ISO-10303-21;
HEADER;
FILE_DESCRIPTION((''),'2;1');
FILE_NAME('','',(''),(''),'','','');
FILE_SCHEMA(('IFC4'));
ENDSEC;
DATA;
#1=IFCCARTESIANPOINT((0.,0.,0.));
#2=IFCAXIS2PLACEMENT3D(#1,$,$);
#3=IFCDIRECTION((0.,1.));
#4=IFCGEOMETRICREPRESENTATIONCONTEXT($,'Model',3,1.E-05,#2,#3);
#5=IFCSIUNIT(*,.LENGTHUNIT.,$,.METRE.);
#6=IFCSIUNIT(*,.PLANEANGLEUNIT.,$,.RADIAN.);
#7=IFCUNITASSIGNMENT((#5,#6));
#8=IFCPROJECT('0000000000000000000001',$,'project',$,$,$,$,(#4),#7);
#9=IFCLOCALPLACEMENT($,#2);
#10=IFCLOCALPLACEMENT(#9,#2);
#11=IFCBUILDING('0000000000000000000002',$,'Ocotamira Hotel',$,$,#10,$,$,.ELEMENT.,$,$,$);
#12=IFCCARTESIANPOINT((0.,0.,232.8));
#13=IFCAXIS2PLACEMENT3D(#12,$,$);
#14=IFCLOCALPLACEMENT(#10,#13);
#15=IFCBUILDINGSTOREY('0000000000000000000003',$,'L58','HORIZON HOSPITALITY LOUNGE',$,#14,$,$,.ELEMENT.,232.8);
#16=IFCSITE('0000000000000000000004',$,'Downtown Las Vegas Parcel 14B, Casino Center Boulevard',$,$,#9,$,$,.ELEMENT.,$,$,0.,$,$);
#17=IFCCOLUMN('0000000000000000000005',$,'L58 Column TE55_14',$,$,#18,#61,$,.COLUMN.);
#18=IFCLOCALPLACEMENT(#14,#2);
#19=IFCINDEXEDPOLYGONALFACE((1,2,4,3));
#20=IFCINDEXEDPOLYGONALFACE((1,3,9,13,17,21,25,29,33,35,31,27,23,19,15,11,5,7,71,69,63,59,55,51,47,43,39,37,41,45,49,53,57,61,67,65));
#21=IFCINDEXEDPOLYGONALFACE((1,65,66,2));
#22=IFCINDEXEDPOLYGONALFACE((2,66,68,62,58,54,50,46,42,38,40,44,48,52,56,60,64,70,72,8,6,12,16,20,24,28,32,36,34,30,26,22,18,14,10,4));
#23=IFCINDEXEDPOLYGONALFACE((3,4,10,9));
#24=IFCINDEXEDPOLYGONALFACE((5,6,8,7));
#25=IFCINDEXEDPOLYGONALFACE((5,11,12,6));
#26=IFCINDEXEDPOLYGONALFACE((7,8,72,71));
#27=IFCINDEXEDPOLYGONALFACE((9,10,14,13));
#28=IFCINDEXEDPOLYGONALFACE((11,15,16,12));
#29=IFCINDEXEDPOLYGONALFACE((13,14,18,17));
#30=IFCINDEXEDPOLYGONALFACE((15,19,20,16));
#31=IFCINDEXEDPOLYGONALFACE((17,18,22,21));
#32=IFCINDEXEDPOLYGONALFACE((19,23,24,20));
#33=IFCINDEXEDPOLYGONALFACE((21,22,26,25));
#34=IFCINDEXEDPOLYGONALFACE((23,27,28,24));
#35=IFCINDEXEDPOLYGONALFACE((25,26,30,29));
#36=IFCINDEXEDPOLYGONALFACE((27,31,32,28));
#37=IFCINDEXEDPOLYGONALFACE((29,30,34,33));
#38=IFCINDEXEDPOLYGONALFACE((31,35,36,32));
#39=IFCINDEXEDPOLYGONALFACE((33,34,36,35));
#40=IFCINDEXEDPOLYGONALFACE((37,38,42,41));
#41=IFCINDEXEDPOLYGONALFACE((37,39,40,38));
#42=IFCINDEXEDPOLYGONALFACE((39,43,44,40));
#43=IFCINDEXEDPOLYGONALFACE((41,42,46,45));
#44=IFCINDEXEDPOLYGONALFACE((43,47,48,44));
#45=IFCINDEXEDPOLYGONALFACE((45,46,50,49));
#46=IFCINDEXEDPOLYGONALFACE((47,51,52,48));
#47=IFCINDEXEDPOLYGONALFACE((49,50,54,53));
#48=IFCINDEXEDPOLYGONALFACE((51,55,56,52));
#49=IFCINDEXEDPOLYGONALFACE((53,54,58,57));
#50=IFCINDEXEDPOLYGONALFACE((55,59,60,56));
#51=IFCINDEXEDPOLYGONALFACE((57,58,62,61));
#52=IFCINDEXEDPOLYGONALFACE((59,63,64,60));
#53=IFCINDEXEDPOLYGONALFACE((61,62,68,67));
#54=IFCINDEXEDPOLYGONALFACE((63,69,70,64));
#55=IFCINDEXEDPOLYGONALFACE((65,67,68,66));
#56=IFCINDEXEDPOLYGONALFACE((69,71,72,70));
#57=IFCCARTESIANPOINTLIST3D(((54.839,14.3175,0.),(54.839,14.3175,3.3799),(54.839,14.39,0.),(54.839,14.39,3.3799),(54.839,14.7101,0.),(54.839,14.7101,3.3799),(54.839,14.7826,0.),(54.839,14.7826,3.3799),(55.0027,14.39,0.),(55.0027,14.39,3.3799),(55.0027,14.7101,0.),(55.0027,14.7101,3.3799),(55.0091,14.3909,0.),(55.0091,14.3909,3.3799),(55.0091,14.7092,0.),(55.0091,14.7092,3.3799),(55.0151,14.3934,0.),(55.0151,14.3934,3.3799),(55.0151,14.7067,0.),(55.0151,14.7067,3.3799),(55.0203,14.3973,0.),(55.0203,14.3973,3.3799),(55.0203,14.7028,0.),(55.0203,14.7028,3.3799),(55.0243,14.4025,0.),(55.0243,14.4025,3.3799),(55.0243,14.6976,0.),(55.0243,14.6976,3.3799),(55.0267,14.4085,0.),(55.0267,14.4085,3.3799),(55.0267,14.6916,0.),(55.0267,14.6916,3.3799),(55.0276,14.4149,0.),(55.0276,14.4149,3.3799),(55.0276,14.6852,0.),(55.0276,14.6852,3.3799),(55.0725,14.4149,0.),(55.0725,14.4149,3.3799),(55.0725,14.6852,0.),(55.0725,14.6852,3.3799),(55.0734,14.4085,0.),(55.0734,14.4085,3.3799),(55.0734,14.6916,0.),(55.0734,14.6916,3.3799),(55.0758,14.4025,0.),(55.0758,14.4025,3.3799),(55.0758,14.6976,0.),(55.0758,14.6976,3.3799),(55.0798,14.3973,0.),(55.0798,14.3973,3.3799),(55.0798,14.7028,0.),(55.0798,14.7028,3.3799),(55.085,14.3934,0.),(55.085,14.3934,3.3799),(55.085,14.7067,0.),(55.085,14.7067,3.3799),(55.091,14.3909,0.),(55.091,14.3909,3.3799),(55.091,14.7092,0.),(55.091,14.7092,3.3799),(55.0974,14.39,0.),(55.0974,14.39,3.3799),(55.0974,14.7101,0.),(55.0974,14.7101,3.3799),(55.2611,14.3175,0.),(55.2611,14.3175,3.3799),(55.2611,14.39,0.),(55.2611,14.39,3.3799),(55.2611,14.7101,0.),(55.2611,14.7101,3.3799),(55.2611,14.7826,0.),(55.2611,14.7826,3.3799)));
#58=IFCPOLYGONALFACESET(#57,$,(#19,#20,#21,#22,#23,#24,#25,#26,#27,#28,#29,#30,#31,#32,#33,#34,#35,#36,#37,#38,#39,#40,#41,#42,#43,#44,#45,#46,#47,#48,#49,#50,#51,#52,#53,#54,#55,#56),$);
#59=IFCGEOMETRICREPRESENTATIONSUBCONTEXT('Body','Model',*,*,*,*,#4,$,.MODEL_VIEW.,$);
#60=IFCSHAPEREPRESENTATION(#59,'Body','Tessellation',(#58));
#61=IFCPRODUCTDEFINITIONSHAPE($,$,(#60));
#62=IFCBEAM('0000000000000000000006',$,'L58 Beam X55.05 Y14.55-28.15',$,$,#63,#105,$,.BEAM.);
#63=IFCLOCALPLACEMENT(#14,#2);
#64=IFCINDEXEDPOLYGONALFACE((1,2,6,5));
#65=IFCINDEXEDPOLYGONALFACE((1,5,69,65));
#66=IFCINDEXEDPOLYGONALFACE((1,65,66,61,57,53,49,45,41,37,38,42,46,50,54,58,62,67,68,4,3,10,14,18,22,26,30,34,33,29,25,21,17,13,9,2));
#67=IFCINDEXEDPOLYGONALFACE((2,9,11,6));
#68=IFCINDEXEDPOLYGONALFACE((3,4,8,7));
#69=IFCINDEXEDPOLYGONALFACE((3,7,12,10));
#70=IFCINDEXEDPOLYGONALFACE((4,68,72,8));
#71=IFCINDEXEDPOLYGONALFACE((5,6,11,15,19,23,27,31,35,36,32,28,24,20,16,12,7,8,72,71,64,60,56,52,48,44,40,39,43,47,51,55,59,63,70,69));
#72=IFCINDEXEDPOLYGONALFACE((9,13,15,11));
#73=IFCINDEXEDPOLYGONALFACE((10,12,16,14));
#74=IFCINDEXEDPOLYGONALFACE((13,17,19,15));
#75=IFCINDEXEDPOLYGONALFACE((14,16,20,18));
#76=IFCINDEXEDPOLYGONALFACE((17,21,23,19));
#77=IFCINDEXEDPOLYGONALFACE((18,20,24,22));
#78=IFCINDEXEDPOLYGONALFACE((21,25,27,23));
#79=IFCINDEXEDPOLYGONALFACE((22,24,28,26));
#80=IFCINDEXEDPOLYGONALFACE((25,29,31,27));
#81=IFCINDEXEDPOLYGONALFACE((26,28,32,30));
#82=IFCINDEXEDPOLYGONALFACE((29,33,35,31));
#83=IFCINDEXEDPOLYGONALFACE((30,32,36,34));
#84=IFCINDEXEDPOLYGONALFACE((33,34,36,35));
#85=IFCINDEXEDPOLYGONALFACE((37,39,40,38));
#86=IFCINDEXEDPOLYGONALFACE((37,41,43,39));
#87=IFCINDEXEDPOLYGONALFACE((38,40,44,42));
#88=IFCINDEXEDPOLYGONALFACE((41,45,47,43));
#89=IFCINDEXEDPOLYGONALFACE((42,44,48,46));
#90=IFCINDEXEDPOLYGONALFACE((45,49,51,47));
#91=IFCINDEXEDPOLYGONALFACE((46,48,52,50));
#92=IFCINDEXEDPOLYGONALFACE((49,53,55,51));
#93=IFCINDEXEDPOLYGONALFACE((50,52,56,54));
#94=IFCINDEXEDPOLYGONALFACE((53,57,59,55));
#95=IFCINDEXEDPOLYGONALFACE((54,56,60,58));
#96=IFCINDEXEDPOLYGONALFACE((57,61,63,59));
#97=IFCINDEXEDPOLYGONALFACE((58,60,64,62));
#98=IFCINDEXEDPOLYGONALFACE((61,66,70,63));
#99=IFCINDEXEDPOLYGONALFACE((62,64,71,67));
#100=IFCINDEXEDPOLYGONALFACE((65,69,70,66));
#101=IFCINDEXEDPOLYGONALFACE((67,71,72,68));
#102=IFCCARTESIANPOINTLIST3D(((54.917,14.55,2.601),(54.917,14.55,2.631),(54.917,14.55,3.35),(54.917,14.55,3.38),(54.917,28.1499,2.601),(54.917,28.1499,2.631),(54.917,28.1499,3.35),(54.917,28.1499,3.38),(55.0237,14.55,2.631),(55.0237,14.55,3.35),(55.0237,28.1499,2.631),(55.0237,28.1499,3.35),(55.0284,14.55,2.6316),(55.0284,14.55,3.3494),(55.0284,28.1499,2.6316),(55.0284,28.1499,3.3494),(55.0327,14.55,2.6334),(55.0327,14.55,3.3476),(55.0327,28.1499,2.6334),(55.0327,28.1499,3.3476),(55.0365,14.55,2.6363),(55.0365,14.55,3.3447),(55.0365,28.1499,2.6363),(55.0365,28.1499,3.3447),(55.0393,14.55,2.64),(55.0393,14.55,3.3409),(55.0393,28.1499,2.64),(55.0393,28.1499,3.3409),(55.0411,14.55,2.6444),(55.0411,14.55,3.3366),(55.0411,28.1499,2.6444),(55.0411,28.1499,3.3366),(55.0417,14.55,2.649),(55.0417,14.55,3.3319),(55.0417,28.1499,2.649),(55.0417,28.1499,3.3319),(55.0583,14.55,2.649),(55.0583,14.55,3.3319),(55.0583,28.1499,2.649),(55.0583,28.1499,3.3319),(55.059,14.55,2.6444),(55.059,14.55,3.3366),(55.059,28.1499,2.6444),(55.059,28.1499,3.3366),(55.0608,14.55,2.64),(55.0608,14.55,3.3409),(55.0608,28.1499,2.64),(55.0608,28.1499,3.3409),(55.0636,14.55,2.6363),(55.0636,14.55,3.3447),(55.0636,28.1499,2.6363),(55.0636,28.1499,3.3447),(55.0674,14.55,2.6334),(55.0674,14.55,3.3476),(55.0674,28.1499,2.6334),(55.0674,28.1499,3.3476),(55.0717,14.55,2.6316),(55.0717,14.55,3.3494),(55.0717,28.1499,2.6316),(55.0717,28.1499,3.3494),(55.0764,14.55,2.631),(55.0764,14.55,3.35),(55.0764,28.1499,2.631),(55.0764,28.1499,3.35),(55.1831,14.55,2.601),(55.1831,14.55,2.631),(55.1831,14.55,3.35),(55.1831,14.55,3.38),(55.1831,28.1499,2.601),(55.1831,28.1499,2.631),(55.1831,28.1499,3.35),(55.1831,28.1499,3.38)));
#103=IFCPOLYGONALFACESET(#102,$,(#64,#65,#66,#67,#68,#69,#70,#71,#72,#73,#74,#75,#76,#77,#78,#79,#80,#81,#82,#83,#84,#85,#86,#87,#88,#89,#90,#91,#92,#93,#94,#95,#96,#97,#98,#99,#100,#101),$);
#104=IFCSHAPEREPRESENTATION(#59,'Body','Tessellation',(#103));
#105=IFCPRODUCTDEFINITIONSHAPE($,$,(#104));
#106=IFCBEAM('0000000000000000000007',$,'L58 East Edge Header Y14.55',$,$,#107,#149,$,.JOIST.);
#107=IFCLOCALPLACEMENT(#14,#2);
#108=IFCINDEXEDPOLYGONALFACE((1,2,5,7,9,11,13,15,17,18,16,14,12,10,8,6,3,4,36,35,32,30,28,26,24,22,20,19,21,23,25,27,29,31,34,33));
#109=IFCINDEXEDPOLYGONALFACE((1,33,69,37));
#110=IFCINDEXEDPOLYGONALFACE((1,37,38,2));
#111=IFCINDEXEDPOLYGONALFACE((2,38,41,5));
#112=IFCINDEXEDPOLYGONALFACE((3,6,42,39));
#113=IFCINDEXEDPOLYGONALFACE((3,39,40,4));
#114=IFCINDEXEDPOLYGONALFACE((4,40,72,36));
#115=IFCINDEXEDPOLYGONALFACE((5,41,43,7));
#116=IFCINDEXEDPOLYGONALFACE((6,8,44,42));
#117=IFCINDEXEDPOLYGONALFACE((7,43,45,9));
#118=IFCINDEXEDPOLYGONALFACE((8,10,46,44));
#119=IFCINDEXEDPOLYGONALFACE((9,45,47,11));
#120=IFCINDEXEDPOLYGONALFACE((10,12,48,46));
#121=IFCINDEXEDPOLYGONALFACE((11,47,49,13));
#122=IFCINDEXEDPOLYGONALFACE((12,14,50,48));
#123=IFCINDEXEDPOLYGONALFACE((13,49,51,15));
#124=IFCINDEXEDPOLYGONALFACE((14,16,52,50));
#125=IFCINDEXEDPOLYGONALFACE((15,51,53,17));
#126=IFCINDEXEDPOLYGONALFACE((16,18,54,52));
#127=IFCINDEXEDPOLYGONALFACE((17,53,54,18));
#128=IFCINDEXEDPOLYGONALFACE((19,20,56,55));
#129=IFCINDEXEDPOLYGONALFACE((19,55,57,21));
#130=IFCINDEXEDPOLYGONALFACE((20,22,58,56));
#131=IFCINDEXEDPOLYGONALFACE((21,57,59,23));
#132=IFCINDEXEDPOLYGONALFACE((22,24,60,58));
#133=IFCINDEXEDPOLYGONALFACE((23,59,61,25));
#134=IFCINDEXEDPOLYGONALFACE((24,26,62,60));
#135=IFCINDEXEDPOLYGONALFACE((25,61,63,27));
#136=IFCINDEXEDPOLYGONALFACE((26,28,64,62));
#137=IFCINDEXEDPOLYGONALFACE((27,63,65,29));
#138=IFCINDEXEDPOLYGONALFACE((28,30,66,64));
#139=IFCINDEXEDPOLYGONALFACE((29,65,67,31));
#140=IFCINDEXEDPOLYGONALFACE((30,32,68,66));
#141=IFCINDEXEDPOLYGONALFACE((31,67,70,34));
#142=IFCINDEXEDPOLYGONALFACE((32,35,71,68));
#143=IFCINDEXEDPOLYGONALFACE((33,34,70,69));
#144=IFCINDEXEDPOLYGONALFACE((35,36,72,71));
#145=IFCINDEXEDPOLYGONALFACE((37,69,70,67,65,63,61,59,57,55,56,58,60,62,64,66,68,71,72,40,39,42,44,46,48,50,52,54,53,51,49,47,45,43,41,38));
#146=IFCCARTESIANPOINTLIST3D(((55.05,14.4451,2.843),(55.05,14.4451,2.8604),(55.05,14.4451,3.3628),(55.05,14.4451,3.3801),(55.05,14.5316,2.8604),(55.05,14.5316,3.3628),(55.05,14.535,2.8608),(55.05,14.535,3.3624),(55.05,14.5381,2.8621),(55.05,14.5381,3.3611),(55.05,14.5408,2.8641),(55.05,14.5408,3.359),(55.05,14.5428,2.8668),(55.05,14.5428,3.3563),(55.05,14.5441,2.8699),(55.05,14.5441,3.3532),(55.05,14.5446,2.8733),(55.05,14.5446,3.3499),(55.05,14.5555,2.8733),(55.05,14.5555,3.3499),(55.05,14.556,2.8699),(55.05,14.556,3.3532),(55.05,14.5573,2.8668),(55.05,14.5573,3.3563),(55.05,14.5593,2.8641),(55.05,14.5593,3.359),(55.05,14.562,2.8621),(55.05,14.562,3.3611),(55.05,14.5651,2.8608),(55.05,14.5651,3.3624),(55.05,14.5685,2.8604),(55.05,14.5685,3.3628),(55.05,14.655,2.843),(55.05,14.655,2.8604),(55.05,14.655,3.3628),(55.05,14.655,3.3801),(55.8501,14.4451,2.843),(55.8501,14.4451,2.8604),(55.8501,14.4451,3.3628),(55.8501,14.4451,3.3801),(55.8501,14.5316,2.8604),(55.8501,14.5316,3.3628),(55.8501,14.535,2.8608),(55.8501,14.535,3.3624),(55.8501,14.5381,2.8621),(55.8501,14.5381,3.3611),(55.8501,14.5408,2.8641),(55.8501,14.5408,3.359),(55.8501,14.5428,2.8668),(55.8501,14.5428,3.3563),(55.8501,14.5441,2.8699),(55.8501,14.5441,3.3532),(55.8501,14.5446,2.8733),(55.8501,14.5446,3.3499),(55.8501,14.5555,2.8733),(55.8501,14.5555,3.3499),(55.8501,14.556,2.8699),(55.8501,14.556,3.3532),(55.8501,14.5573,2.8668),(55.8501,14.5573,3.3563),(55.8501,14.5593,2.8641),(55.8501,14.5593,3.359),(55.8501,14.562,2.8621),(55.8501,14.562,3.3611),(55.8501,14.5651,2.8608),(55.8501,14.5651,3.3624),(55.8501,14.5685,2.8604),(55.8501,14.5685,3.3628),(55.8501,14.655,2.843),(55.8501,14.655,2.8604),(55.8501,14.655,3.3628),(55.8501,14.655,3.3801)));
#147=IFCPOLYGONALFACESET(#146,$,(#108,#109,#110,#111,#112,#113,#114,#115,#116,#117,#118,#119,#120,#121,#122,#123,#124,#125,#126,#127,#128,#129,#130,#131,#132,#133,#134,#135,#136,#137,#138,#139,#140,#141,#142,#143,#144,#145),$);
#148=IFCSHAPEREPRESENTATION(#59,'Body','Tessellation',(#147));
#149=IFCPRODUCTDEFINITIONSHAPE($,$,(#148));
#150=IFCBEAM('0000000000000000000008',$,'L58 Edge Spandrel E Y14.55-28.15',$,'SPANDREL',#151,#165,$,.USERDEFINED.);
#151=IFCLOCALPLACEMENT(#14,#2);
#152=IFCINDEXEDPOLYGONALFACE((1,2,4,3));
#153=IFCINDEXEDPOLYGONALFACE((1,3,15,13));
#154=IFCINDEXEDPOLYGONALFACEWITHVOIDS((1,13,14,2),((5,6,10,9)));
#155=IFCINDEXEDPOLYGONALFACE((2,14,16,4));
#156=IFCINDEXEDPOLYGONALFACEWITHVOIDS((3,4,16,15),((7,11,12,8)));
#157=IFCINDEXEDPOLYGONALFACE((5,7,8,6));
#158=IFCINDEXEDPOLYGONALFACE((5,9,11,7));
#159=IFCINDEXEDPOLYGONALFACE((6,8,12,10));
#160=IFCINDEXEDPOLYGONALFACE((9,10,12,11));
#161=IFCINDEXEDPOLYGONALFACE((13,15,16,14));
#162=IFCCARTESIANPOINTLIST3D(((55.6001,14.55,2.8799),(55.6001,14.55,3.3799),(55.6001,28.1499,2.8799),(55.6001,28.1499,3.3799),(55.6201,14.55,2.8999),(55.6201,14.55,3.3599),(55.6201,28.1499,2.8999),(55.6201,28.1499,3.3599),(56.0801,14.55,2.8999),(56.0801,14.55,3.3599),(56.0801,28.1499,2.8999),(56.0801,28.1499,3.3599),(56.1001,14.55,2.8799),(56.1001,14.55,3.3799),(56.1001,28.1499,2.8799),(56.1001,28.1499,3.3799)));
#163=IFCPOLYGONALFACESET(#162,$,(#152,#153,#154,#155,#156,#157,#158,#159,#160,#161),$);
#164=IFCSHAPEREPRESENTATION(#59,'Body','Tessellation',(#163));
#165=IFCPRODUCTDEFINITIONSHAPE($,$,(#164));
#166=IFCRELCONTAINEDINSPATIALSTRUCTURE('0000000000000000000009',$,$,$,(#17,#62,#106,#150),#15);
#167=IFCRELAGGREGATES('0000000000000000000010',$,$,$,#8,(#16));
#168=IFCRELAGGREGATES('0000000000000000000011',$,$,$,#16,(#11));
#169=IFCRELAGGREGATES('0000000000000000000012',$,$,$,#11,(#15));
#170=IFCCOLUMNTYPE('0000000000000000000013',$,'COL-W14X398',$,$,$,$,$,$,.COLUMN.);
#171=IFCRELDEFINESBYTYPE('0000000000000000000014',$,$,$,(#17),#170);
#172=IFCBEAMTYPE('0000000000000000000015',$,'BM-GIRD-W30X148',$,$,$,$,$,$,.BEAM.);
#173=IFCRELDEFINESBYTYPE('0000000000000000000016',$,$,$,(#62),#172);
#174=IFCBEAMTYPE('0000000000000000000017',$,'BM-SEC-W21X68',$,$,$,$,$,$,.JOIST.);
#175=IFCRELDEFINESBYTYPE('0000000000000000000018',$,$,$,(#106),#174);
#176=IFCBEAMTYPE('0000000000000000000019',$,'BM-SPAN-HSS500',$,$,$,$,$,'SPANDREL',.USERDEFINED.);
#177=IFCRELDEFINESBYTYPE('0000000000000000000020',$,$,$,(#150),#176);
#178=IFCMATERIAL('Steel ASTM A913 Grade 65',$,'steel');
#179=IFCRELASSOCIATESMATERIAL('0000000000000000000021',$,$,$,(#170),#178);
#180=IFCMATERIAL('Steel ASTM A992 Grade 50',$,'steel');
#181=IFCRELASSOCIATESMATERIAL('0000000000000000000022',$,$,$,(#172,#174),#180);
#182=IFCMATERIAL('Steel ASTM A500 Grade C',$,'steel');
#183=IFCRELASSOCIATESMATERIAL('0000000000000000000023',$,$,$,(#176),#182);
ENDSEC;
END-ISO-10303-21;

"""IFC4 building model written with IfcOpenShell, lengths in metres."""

from ifc_helpers import new_model, si_unit, direction, frame, origin, origin_2d, place, context, subcontext, project, spatial, hollow_rectangle, i_section, extrude, source, transform, mapped, material, material_profile, profile_set, type_object, element, save


model = new_model("IFC4")

# Units and contexts
model_context = context("Model", 3, precision=1e-05, world=origin(), true_north=direction((0.0, 1.0)))
body_context = subcontext(model_context, "Body", "Model", "MODEL_VIEW")
ifc_project = project(units=[si_unit("LENGTHUNIT", "METRE"), si_unit("PLANEANGLEUNIT", "RADIAN")], contexts=[model_context])

# Site, building, storey
site_placement = place(None, origin())
site = spatial("IfcSite", under=ifc_project, at=site_placement, Name="Downtown Las Vegas Parcel 14B, Casino Center Boulevard", CompositionType="ELEMENT", RefElevation=0.0)
building_placement = place(site_placement, origin())
building = spatial("IfcBuilding", under=site, at=building_placement, Name="Ocotamira Hotel", CompositionType="ELEMENT")
storey_placement = place(building_placement, frame((0.0, 0.0, 232.8)))
storey = spatial("IfcBuildingStorey", under=building, at=storey_placement, Name="L58", Description="HORIZON HOSPITALITY LOUNGE", CompositionType="ELEMENT", Elevation=232.8)

# Column
ifc_material_1 = material(Name="Steel ASTM A913 Grade 65", Category="steel")
ifc_material_profile_1 = material_profile(ifc_material_1, i_section(OverallWidth=0.4221, OverallDepth=0.4651, WebThickness=0.0449, FlangeThickness=0.0725, FilletRadius=0.0249, at=origin_2d()), Name="W14X398")
ifc_profile_set_1 = profile_set([ifc_material_profile_1], Name="Steel ASTM A913 Grade 65")
column_type = type_object("IfcColumnType", Name="COL-W14X398", PredefinedType="COLUMN", material=ifc_profile_set_1)
shared_shape_1 = source(origin(), body_context, "Body", "SweptSolid", [
    extrude(i_section(OverallWidth=0.4221, OverallDepth=0.4651, WebThickness=0.0449, FlangeThickness=0.0725, FilletRadius=0.0249, at=origin_2d()), origin(), (0.0, 0.0, 1.0), 3.3799),
])
column_placement = place(storey_placement, frame((55.05, 14.55, 0.0), z_axis=(0.0, 0.0, 1.0), x_axis=(1.0, 0.0, 0.0)))
element("IfcColumn", 1, at=column_placement, inside=storey, type_object=column_type, Name="L58 Column TE55_14", PredefinedType="COLUMN", context=body_context, shape_type="MappedRepresentation", body=[
    mapped(shared_shape_1, transform((0.0, 0.0, 0.0), scale=1.0)),
])

# Beams
ifc_material_2 = material(Name="Steel ASTM A992 Grade 50", Category="steel")
ifc_material_profile_2 = material_profile(ifc_material_2, i_section(OverallWidth=0.2661, OverallDepth=0.7791, WebThickness=0.0166, FlangeThickness=0.03, FilletRadius=0.0181, at=origin_2d()), Name="W30X148")
ifc_profile_set_2 = profile_set([ifc_material_profile_2], Name="Steel ASTM A992 Grade 50")
beam_type_1 = type_object("IfcBeamType", Name="BM-GIRD-W30X148", PredefinedType="BEAM", material=ifc_profile_set_2)
shared_shape_2 = source(origin(), body_context, "Body", "SweptSolid", [
    extrude(i_section(OverallWidth=0.2661, OverallDepth=0.7791, WebThickness=0.0166, FlangeThickness=0.03, FilletRadius=0.0181, at=origin_2d()), origin(), (0.0, 0.0, 1.0), 13.5999),
])
beam_1_placement = place(storey_placement, frame((55.05, 14.55, 2.9905), z_axis=(0.0, 1.0, 0.0), x_axis=(-1.0, 0.0, 0.0)))
element("IfcBeam", 2, at=beam_1_placement, inside=storey, type_object=beam_type_1, Name="L58 Beam X55.05 Y14.55-28.15", PredefinedType="BEAM", context=body_context, shape_type="MappedRepresentation", body=[
    mapped(shared_shape_2, transform((0.0, 0.0, 0.0), scale=1.0)),
])
ifc_material_profile_3 = material_profile(ifc_material_2, i_section(OverallWidth=0.21, OverallDepth=0.5371, WebThickness=0.011, FlangeThickness=0.0173, FilletRadius=0.0129, at=origin_2d()), Name="W21X68")
ifc_profile_set_3 = profile_set([ifc_material_profile_3], Name="Steel ASTM A992 Grade 50")
beam_type_2 = type_object("IfcBeamType", Name="BM-SEC-W21X68", PredefinedType="JOIST", material=ifc_profile_set_3)
shared_shape_3 = source(origin(), body_context, "Body", "SweptSolid", [
    extrude(i_section(OverallWidth=0.21, OverallDepth=0.5371, WebThickness=0.011, FlangeThickness=0.0173, FilletRadius=0.0129, at=origin_2d()), origin(), (0.0, 0.0, 1.0), 0.8),
])
beam_2_placement = place(storey_placement, frame((55.05, 14.55, 3.1116), z_axis=(1.0, 0.0, 0.0), x_axis=(0.0, 1.0, 0.0)))
element("IfcBeam", 3, at=beam_2_placement, inside=storey, type_object=beam_type_2, Name="L58 East Edge Header Y14.55", PredefinedType="JOIST", context=body_context, shape_type="MappedRepresentation", body=[
    mapped(shared_shape_3, transform((0.0, 0.0, 0.0), scale=1.0)),
])
ifc_material_3 = material(Name="Steel ASTM A500 Grade C", Category="steel")
ifc_material_profile_4 = material_profile(ifc_material_3, hollow_rectangle(XDim=0.5, YDim=0.5, WallThickness=0.02, at=origin_2d()), Name="HSS500X500X20")
ifc_profile_set_4 = profile_set([ifc_material_profile_4], Name="Steel ASTM A500 Grade C")
beam_type_3 = type_object("IfcBeamType", Name="BM-SPAN-HSS500", ElementType="SPANDREL", PredefinedType="USERDEFINED", material=ifc_profile_set_4)
shared_shape_4 = source(origin(), body_context, "Body", "SweptSolid", [
    extrude(hollow_rectangle(XDim=0.5, YDim=0.5, WallThickness=0.02, at=origin_2d()), origin(), (0.0, 0.0, 1.0), 13.5999),
])
beam_3_placement = place(storey_placement, frame((55.8501, 14.55, 3.1299), z_axis=(0.0, 1.0, 0.0), x_axis=(-1.0, 0.0, 0.0)))
element("IfcBeam", 4, at=beam_3_placement, inside=storey, type_object=beam_type_3, Name="L58 Edge Spandrel E Y14.55-28.15", ObjectType="SPANDREL", PredefinedType="USERDEFINED", context=body_context, shape_type="MappedRepresentation", body=[
    mapped(shared_shape_4, transform((0.0, 0.0, 0.0), scale=1.0)),
])

save(model, "model.ifc")
